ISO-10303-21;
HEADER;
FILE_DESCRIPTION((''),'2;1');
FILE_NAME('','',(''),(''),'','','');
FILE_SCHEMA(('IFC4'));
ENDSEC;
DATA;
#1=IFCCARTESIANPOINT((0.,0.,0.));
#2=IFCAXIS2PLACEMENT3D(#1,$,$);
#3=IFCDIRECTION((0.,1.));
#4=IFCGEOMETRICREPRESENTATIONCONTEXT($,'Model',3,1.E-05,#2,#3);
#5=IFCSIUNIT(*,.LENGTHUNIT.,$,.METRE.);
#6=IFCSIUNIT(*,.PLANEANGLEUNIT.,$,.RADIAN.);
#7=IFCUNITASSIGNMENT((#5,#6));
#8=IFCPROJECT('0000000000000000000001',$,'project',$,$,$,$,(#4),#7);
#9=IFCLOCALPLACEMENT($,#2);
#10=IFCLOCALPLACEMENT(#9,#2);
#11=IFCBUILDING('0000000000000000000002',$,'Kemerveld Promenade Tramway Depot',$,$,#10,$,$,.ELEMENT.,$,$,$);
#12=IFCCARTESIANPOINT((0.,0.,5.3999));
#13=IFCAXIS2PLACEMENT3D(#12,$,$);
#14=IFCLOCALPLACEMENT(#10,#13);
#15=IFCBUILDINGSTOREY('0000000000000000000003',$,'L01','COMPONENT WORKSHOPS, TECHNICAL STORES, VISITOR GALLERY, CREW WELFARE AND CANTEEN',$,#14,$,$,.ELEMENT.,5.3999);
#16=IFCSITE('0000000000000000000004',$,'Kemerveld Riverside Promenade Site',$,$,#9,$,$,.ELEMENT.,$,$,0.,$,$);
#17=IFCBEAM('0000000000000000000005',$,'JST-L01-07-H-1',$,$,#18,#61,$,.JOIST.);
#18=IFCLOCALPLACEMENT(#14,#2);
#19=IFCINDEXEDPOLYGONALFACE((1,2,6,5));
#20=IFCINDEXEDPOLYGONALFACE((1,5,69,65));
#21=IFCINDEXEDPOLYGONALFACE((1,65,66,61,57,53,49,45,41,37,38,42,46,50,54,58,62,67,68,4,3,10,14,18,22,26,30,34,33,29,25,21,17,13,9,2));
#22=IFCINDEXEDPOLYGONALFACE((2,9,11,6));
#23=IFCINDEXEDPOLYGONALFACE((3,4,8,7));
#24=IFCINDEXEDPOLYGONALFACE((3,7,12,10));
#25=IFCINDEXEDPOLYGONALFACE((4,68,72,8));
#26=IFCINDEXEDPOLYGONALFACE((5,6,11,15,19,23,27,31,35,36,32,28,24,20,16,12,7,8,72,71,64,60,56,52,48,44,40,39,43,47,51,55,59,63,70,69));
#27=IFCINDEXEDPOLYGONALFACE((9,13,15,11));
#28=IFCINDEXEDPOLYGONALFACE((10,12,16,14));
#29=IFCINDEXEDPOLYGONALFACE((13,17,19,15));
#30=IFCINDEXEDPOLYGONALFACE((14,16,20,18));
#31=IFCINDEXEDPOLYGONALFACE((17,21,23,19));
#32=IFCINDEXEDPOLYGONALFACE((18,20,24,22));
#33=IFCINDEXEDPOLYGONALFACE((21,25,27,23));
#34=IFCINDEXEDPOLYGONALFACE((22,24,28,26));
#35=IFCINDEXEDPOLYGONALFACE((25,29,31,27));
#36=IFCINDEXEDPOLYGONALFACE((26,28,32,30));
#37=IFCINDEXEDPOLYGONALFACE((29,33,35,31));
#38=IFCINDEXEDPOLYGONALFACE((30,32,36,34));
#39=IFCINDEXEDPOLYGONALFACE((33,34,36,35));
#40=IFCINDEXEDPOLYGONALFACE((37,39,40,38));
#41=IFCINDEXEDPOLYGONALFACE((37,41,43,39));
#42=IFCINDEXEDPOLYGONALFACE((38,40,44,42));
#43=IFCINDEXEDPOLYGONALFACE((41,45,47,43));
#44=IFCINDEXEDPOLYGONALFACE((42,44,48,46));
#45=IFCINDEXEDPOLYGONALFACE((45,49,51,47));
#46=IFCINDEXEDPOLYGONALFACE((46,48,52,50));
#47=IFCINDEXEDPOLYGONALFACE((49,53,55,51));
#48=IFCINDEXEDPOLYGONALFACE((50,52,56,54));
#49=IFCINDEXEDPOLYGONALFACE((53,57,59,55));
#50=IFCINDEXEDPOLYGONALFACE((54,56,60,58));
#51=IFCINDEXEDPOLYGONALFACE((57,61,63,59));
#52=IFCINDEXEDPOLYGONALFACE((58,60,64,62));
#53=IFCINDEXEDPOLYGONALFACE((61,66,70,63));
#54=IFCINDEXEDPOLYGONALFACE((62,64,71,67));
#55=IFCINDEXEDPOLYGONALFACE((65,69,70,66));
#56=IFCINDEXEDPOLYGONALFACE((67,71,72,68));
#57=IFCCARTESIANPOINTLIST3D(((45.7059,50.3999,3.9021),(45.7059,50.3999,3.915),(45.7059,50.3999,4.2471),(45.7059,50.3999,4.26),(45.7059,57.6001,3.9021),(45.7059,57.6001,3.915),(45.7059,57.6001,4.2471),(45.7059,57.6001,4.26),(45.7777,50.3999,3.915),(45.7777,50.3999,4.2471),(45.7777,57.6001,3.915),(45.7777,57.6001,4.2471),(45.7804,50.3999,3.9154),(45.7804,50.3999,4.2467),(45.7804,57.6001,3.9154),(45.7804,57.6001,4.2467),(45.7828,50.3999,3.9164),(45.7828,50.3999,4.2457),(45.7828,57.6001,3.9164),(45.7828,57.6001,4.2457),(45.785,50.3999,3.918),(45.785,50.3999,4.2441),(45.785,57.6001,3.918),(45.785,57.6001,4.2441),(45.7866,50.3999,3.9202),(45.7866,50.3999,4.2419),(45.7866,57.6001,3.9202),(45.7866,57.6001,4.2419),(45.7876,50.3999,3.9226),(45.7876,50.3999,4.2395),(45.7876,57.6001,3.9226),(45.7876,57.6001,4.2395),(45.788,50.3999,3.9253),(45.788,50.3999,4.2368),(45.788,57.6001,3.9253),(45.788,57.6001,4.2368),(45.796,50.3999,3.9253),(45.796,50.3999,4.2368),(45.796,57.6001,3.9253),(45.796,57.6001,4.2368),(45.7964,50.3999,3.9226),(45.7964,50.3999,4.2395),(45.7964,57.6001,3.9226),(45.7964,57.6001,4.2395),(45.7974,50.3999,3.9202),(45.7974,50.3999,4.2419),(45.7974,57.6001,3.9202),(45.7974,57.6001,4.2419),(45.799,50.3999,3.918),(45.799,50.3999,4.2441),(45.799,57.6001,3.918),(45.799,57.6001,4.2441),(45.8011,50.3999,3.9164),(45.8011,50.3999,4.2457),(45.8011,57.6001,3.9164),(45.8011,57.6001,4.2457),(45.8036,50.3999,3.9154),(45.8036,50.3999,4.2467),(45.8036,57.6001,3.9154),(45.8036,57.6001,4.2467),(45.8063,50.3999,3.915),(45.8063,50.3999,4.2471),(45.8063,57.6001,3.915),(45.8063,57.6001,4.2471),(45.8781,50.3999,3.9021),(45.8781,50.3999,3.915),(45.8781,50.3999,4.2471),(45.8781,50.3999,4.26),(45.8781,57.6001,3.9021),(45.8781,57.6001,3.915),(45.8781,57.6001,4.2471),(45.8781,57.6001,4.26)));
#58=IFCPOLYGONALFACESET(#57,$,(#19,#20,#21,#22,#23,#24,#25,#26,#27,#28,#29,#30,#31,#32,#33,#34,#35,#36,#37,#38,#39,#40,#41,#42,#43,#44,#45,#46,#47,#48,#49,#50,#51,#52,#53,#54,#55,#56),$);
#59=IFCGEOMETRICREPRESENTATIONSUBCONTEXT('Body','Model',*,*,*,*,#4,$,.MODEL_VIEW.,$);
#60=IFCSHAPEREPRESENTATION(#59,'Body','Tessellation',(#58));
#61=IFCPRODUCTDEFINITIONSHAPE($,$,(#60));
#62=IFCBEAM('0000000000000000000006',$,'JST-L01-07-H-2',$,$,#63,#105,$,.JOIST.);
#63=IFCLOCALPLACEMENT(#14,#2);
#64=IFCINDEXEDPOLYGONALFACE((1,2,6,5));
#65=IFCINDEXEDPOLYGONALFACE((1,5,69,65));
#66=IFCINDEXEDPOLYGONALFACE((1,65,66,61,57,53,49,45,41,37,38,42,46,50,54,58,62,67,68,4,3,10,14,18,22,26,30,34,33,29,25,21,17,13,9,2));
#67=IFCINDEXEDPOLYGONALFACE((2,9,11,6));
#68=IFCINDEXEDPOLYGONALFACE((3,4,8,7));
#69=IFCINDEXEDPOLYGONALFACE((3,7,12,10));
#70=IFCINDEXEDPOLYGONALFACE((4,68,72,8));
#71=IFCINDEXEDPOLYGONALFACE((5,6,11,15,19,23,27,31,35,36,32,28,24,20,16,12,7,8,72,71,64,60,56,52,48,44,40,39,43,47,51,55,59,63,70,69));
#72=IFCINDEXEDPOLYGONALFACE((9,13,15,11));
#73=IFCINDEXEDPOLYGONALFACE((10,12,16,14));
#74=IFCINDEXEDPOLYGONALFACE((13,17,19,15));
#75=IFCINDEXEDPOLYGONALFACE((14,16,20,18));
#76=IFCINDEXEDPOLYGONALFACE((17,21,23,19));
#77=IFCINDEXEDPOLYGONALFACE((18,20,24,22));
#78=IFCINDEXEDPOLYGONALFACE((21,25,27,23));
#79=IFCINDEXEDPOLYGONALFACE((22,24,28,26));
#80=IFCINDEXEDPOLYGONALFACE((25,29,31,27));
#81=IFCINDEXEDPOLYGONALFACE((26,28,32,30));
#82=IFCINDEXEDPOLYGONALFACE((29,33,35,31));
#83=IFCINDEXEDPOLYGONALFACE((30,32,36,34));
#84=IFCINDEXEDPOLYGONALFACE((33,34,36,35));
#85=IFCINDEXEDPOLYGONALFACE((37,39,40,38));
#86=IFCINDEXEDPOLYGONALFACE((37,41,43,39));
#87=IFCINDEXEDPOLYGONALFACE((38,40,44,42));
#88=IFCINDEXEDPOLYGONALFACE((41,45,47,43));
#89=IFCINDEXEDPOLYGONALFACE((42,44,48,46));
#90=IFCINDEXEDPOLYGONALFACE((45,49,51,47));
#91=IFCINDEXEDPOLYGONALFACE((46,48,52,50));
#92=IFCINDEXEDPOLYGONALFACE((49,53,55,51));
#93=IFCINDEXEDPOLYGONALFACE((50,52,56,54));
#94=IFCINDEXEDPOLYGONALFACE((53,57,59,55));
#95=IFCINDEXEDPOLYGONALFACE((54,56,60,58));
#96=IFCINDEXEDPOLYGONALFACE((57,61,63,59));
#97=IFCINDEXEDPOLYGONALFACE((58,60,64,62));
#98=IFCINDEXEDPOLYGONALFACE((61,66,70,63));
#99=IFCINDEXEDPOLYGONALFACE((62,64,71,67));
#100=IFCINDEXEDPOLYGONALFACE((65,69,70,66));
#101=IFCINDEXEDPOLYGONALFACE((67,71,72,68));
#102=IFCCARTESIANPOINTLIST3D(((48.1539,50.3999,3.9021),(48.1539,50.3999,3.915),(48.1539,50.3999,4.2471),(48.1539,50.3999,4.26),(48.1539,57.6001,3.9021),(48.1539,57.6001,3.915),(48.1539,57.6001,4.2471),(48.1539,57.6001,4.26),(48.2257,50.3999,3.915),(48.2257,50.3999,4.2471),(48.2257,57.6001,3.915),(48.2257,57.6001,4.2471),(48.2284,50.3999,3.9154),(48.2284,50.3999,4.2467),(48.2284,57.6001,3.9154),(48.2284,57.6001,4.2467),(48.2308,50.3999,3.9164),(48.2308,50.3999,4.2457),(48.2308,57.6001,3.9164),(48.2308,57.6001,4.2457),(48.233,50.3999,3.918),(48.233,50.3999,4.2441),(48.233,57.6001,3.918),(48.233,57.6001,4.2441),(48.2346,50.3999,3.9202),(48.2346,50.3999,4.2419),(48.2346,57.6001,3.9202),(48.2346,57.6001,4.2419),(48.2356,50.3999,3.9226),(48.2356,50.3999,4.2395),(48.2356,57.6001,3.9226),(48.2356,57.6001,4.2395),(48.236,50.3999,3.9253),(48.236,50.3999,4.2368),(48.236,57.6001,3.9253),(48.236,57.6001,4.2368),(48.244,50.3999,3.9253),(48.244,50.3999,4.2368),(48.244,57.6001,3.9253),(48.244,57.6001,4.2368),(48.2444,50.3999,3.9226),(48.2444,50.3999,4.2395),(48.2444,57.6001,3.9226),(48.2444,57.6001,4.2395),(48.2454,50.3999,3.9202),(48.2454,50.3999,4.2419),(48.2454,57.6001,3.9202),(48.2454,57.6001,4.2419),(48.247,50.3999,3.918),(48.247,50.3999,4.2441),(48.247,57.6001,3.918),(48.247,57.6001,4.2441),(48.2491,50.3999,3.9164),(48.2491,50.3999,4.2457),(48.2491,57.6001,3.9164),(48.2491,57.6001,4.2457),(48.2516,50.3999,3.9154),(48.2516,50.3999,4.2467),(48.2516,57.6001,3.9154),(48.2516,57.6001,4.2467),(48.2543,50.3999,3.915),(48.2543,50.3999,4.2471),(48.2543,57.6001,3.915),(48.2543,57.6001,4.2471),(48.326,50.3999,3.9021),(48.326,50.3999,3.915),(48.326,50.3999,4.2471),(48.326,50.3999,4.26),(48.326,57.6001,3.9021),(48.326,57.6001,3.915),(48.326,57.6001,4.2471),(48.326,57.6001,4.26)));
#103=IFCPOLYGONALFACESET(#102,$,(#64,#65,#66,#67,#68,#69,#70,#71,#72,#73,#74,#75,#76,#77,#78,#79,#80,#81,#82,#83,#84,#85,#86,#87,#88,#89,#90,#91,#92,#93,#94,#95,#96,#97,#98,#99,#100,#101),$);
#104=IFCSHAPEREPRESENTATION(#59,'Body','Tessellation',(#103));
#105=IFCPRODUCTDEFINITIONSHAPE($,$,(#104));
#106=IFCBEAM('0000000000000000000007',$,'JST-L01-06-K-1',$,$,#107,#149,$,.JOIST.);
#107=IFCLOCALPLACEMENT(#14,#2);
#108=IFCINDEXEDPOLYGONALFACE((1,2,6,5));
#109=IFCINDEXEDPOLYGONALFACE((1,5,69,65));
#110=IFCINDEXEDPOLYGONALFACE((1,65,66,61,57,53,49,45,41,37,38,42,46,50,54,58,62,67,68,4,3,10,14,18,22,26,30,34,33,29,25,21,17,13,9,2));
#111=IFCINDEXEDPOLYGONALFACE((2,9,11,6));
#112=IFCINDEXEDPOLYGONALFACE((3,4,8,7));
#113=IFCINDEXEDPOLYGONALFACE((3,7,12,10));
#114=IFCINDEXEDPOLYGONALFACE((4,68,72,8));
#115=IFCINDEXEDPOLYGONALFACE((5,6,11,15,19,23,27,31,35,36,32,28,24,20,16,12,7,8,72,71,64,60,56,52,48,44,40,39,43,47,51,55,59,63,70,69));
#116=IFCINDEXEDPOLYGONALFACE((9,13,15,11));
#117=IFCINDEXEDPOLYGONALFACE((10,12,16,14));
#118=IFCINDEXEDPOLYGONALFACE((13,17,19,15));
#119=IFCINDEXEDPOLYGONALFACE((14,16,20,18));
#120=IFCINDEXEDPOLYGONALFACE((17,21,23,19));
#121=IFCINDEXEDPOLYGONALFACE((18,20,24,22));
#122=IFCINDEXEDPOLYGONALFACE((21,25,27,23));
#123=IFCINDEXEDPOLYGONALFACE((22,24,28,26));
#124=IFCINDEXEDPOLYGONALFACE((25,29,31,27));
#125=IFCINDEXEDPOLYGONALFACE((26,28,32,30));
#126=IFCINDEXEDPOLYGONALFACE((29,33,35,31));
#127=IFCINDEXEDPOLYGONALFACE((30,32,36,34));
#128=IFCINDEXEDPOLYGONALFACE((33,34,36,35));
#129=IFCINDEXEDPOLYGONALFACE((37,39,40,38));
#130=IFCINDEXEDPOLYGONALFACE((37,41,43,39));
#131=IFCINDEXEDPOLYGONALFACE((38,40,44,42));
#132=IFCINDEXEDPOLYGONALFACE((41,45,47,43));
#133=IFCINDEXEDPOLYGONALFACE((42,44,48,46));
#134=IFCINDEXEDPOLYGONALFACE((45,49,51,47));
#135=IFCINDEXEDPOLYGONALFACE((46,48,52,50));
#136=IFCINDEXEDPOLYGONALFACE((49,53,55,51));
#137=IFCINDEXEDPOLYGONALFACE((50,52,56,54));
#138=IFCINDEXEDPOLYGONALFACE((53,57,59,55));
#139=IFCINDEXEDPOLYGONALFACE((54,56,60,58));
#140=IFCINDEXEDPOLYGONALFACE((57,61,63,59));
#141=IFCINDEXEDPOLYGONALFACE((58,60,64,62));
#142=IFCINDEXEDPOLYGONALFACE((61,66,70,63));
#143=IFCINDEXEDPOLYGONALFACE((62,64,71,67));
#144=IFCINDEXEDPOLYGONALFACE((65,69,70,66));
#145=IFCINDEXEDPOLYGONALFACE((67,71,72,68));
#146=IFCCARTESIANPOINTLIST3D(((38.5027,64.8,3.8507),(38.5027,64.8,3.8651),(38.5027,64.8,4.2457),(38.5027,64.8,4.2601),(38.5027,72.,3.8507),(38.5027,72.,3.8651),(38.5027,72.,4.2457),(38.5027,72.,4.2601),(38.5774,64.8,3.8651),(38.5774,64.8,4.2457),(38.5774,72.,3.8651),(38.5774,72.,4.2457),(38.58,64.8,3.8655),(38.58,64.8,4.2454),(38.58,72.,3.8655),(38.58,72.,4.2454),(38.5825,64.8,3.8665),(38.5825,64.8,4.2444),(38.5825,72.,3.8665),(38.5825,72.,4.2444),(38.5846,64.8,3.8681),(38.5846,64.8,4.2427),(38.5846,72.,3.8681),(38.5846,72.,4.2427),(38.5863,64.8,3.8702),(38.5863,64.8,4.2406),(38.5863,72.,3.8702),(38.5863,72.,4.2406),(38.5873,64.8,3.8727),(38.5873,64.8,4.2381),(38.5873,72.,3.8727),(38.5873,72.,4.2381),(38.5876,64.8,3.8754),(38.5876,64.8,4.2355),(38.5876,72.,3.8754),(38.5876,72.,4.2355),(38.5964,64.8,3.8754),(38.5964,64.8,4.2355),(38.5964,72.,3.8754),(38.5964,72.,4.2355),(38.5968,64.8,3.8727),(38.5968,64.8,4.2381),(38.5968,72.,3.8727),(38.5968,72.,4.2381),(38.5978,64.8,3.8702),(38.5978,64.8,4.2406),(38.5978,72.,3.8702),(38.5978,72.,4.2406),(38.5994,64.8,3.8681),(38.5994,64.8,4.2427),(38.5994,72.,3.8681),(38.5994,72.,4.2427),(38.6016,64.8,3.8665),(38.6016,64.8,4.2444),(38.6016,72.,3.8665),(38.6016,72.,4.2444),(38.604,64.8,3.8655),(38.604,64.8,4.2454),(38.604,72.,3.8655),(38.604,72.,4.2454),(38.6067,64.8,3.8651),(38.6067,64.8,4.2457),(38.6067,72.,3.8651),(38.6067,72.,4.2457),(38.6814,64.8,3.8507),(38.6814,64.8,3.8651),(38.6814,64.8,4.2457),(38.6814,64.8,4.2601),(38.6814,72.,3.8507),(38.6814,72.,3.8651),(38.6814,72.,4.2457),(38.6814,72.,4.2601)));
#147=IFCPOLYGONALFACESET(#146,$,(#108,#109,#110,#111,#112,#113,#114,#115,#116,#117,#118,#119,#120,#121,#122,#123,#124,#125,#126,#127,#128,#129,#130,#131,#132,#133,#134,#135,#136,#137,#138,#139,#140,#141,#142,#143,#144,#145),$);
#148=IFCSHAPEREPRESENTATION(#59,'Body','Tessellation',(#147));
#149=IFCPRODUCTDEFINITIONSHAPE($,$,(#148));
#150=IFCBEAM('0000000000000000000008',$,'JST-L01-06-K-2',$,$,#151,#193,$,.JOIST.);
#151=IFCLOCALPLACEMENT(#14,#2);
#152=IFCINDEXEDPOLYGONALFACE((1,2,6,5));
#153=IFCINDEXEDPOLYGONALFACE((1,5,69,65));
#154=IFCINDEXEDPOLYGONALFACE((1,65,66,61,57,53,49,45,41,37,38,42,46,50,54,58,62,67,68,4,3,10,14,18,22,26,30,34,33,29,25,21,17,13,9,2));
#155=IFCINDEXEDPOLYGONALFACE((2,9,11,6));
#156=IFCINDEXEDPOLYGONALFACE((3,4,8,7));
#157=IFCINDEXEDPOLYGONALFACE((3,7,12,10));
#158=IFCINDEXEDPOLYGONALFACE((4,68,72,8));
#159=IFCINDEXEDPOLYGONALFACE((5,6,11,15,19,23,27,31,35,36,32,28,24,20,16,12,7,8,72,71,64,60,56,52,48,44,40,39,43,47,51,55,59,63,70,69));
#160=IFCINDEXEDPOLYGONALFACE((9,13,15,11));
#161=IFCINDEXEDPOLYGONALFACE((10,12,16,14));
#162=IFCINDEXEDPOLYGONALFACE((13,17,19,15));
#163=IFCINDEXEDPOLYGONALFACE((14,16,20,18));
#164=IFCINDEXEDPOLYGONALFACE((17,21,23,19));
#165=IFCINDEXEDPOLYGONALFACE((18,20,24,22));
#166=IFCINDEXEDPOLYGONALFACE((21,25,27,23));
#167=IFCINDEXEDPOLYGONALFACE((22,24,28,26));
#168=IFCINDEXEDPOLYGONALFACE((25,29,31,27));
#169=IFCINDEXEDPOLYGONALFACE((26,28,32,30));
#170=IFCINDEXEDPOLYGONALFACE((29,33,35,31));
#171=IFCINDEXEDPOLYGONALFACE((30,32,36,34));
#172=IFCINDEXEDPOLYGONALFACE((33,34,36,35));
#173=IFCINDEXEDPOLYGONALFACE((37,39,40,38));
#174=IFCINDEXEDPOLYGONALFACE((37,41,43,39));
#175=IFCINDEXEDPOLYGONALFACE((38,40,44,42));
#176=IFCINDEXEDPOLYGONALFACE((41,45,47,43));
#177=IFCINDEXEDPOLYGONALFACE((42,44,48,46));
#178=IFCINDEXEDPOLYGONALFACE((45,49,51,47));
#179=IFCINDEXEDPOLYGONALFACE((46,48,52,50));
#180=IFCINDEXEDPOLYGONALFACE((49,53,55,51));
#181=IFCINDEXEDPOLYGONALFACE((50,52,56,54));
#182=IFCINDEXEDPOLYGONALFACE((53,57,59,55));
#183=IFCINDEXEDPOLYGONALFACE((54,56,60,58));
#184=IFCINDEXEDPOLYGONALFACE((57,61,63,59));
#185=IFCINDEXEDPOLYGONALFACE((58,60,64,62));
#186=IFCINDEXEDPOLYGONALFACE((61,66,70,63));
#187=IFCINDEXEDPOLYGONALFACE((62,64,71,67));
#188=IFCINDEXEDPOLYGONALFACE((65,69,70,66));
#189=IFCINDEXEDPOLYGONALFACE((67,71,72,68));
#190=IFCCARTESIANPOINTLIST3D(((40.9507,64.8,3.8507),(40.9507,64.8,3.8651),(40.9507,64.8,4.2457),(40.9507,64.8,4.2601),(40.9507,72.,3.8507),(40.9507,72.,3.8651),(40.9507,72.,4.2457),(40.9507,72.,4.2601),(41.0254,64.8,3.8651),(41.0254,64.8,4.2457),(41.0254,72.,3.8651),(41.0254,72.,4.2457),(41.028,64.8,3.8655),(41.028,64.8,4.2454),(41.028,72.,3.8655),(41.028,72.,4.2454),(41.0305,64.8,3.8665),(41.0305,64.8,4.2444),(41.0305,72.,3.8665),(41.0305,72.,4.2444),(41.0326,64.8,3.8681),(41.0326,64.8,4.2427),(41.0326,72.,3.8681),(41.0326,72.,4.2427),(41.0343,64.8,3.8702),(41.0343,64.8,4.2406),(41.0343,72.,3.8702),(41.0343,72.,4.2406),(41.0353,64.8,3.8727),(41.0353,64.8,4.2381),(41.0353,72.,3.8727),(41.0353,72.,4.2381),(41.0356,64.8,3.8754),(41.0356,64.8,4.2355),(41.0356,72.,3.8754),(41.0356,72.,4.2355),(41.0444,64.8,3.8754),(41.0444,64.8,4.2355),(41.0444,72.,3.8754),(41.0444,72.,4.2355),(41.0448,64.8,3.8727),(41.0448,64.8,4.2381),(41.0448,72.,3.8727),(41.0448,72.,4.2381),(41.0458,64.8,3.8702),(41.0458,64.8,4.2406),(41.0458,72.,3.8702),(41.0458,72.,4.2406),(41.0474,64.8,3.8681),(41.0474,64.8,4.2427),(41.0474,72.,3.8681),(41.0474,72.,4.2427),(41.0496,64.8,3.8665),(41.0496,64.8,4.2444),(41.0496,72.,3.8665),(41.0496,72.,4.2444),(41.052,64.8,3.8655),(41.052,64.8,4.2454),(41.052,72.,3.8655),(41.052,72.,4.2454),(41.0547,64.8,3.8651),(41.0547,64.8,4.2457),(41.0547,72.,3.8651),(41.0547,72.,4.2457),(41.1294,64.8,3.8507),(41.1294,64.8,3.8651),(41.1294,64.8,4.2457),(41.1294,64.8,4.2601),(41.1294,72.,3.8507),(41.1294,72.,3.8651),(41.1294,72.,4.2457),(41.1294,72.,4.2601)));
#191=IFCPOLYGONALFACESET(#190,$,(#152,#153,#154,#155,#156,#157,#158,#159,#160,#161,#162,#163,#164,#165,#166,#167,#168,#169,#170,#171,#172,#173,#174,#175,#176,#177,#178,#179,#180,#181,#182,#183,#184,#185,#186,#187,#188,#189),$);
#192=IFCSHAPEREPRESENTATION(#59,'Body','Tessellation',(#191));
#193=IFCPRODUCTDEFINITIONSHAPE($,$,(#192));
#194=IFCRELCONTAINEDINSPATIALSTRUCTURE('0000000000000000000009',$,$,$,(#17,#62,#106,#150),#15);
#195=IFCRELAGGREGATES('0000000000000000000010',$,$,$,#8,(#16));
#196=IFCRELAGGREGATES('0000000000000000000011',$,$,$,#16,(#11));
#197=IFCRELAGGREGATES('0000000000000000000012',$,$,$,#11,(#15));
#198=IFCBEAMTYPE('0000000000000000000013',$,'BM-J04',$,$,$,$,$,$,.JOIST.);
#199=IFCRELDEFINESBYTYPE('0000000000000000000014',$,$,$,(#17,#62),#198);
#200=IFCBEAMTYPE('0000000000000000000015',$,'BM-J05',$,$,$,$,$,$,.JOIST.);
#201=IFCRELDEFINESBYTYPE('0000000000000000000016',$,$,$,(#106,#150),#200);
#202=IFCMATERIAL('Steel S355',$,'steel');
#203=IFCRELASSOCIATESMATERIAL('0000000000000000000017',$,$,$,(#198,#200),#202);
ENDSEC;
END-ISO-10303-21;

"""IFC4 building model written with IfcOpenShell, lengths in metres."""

from ifc_helpers import new_model, si_unit, direction, frame, origin, origin_2d, place, context, subcontext, project, spatial, i_section, extrude, material, material_profile, profile_set, type_object, element, save


model = new_model("IFC4")

# Units and contexts
model_context = context("Model", 3, precision=1e-05, world=origin(), true_north=direction((0.0, 1.0)))
body_context = subcontext(model_context, "Body", "Model", "MODEL_VIEW")
ifc_project = project(units=[si_unit("LENGTHUNIT", "METRE"), si_unit("PLANEANGLEUNIT", "RADIAN")], contexts=[model_context])

# Site, building, storey
site_placement = place(None, origin())
site = spatial("IfcSite", under=ifc_project, at=site_placement, Name="Kemerveld Riverside Promenade Site", CompositionType="ELEMENT", RefElevation=0.0)
building_placement = place(site_placement, origin())
building = spatial("IfcBuilding", under=site, at=building_placement, Name="Kemerveld Promenade Tramway Depot", CompositionType="ELEMENT")
storey_placement = place(building_placement, frame((0.0, 0.0, 5.3999)))
storey = spatial("IfcBuildingStorey", under=building, at=storey_placement, Name="L01", Description="COMPONENT WORKSHOPS, TECHNICAL STORES, VISITOR GALLERY, CREW WELFARE AND CANTEEN", CompositionType="ELEMENT", Elevation=5.3999)

# Shared definitions
ifc_material_1 = material(Name="Steel S355", Category="steel")

# Beams
ifc_material_profile_1 = material_profile(ifc_material_1, i_section(OverallWidth=0.1721, OverallDepth=0.3579, WebThickness=0.0081, FlangeThickness=0.0129, FilletRadius=0.0103, at=origin_2d()), Name="356x171x57 UB")
ifc_profile_set_1 = profile_set([ifc_material_profile_1], Name="Steel S355")
beam_type_1 = type_object("IfcBeamType", Name="BM-J04", PredefinedType="JOIST", material=ifc_profile_set_1)
for number, where, z_axis, x_axis, name in (
    (1, (45.792, 50.3999, 4.0811), (0.0, 1.0, 0.0), (-1.0, 0.0, 0.0), "JST-L01-07-H-1"),
    (2, (48.24, 50.3999, 4.0811), (0.0, 1.0, 0.0), (-1.0, 0.0, 0.0), "JST-L01-07-H-2"),
):
    element("IfcBeam", number, at=place(storey_placement, frame(where, z_axis=z_axis, x_axis=x_axis)), inside=storey, type_object=beam_type_1, Name=name, PredefinedType="JOIST", context=body_context, shape_type="SweptSolid", body=[
        extrude(i_section(OverallWidth=0.1721, OverallDepth=0.3579, WebThickness=0.0081, FlangeThickness=0.0129, FilletRadius=0.0103, at=origin_2d()), origin(), (0.0, 0.0, 1.0), 7.2002),
    ])
ifc_material_profile_2 = material_profile(ifc_material_1, i_section(OverallWidth=0.1787, OverallDepth=0.4094, WebThickness=0.0088, FlangeThickness=0.0144, FilletRadius=0.0103, at=origin_2d()), Name="406x178x67 UB")
ifc_profile_set_2 = profile_set([ifc_material_profile_2], Name="Steel S355")
beam_type_2 = type_object("IfcBeamType", Name="BM-J05", PredefinedType="JOIST", material=ifc_profile_set_2)
for number, where, z_axis, x_axis, name in (
    (3, (38.592, 64.8, 4.0554), (0.0, 1.0, 0.0), (-1.0, 0.0, 0.0), "JST-L01-06-K-1"),
    (4, (41.04, 64.8, 4.0554), (0.0, 1.0, 0.0), (-1.0, 0.0, 0.0), "JST-L01-06-K-2"),
):
    element("IfcBeam", number, at=place(storey_placement, frame(where, z_axis=z_axis, x_axis=x_axis)), inside=storey, type_object=beam_type_2, Name=name, PredefinedType="JOIST", context=body_context, shape_type="SweptSolid", body=[
        extrude(i_section(OverallWidth=0.1787, OverallDepth=0.4094, WebThickness=0.0088, FlangeThickness=0.0144, FilletRadius=0.0103, at=origin_2d()), origin(), (0.0, 0.0, 1.0), 7.2),
    ])

save(model, "model.ifc")
